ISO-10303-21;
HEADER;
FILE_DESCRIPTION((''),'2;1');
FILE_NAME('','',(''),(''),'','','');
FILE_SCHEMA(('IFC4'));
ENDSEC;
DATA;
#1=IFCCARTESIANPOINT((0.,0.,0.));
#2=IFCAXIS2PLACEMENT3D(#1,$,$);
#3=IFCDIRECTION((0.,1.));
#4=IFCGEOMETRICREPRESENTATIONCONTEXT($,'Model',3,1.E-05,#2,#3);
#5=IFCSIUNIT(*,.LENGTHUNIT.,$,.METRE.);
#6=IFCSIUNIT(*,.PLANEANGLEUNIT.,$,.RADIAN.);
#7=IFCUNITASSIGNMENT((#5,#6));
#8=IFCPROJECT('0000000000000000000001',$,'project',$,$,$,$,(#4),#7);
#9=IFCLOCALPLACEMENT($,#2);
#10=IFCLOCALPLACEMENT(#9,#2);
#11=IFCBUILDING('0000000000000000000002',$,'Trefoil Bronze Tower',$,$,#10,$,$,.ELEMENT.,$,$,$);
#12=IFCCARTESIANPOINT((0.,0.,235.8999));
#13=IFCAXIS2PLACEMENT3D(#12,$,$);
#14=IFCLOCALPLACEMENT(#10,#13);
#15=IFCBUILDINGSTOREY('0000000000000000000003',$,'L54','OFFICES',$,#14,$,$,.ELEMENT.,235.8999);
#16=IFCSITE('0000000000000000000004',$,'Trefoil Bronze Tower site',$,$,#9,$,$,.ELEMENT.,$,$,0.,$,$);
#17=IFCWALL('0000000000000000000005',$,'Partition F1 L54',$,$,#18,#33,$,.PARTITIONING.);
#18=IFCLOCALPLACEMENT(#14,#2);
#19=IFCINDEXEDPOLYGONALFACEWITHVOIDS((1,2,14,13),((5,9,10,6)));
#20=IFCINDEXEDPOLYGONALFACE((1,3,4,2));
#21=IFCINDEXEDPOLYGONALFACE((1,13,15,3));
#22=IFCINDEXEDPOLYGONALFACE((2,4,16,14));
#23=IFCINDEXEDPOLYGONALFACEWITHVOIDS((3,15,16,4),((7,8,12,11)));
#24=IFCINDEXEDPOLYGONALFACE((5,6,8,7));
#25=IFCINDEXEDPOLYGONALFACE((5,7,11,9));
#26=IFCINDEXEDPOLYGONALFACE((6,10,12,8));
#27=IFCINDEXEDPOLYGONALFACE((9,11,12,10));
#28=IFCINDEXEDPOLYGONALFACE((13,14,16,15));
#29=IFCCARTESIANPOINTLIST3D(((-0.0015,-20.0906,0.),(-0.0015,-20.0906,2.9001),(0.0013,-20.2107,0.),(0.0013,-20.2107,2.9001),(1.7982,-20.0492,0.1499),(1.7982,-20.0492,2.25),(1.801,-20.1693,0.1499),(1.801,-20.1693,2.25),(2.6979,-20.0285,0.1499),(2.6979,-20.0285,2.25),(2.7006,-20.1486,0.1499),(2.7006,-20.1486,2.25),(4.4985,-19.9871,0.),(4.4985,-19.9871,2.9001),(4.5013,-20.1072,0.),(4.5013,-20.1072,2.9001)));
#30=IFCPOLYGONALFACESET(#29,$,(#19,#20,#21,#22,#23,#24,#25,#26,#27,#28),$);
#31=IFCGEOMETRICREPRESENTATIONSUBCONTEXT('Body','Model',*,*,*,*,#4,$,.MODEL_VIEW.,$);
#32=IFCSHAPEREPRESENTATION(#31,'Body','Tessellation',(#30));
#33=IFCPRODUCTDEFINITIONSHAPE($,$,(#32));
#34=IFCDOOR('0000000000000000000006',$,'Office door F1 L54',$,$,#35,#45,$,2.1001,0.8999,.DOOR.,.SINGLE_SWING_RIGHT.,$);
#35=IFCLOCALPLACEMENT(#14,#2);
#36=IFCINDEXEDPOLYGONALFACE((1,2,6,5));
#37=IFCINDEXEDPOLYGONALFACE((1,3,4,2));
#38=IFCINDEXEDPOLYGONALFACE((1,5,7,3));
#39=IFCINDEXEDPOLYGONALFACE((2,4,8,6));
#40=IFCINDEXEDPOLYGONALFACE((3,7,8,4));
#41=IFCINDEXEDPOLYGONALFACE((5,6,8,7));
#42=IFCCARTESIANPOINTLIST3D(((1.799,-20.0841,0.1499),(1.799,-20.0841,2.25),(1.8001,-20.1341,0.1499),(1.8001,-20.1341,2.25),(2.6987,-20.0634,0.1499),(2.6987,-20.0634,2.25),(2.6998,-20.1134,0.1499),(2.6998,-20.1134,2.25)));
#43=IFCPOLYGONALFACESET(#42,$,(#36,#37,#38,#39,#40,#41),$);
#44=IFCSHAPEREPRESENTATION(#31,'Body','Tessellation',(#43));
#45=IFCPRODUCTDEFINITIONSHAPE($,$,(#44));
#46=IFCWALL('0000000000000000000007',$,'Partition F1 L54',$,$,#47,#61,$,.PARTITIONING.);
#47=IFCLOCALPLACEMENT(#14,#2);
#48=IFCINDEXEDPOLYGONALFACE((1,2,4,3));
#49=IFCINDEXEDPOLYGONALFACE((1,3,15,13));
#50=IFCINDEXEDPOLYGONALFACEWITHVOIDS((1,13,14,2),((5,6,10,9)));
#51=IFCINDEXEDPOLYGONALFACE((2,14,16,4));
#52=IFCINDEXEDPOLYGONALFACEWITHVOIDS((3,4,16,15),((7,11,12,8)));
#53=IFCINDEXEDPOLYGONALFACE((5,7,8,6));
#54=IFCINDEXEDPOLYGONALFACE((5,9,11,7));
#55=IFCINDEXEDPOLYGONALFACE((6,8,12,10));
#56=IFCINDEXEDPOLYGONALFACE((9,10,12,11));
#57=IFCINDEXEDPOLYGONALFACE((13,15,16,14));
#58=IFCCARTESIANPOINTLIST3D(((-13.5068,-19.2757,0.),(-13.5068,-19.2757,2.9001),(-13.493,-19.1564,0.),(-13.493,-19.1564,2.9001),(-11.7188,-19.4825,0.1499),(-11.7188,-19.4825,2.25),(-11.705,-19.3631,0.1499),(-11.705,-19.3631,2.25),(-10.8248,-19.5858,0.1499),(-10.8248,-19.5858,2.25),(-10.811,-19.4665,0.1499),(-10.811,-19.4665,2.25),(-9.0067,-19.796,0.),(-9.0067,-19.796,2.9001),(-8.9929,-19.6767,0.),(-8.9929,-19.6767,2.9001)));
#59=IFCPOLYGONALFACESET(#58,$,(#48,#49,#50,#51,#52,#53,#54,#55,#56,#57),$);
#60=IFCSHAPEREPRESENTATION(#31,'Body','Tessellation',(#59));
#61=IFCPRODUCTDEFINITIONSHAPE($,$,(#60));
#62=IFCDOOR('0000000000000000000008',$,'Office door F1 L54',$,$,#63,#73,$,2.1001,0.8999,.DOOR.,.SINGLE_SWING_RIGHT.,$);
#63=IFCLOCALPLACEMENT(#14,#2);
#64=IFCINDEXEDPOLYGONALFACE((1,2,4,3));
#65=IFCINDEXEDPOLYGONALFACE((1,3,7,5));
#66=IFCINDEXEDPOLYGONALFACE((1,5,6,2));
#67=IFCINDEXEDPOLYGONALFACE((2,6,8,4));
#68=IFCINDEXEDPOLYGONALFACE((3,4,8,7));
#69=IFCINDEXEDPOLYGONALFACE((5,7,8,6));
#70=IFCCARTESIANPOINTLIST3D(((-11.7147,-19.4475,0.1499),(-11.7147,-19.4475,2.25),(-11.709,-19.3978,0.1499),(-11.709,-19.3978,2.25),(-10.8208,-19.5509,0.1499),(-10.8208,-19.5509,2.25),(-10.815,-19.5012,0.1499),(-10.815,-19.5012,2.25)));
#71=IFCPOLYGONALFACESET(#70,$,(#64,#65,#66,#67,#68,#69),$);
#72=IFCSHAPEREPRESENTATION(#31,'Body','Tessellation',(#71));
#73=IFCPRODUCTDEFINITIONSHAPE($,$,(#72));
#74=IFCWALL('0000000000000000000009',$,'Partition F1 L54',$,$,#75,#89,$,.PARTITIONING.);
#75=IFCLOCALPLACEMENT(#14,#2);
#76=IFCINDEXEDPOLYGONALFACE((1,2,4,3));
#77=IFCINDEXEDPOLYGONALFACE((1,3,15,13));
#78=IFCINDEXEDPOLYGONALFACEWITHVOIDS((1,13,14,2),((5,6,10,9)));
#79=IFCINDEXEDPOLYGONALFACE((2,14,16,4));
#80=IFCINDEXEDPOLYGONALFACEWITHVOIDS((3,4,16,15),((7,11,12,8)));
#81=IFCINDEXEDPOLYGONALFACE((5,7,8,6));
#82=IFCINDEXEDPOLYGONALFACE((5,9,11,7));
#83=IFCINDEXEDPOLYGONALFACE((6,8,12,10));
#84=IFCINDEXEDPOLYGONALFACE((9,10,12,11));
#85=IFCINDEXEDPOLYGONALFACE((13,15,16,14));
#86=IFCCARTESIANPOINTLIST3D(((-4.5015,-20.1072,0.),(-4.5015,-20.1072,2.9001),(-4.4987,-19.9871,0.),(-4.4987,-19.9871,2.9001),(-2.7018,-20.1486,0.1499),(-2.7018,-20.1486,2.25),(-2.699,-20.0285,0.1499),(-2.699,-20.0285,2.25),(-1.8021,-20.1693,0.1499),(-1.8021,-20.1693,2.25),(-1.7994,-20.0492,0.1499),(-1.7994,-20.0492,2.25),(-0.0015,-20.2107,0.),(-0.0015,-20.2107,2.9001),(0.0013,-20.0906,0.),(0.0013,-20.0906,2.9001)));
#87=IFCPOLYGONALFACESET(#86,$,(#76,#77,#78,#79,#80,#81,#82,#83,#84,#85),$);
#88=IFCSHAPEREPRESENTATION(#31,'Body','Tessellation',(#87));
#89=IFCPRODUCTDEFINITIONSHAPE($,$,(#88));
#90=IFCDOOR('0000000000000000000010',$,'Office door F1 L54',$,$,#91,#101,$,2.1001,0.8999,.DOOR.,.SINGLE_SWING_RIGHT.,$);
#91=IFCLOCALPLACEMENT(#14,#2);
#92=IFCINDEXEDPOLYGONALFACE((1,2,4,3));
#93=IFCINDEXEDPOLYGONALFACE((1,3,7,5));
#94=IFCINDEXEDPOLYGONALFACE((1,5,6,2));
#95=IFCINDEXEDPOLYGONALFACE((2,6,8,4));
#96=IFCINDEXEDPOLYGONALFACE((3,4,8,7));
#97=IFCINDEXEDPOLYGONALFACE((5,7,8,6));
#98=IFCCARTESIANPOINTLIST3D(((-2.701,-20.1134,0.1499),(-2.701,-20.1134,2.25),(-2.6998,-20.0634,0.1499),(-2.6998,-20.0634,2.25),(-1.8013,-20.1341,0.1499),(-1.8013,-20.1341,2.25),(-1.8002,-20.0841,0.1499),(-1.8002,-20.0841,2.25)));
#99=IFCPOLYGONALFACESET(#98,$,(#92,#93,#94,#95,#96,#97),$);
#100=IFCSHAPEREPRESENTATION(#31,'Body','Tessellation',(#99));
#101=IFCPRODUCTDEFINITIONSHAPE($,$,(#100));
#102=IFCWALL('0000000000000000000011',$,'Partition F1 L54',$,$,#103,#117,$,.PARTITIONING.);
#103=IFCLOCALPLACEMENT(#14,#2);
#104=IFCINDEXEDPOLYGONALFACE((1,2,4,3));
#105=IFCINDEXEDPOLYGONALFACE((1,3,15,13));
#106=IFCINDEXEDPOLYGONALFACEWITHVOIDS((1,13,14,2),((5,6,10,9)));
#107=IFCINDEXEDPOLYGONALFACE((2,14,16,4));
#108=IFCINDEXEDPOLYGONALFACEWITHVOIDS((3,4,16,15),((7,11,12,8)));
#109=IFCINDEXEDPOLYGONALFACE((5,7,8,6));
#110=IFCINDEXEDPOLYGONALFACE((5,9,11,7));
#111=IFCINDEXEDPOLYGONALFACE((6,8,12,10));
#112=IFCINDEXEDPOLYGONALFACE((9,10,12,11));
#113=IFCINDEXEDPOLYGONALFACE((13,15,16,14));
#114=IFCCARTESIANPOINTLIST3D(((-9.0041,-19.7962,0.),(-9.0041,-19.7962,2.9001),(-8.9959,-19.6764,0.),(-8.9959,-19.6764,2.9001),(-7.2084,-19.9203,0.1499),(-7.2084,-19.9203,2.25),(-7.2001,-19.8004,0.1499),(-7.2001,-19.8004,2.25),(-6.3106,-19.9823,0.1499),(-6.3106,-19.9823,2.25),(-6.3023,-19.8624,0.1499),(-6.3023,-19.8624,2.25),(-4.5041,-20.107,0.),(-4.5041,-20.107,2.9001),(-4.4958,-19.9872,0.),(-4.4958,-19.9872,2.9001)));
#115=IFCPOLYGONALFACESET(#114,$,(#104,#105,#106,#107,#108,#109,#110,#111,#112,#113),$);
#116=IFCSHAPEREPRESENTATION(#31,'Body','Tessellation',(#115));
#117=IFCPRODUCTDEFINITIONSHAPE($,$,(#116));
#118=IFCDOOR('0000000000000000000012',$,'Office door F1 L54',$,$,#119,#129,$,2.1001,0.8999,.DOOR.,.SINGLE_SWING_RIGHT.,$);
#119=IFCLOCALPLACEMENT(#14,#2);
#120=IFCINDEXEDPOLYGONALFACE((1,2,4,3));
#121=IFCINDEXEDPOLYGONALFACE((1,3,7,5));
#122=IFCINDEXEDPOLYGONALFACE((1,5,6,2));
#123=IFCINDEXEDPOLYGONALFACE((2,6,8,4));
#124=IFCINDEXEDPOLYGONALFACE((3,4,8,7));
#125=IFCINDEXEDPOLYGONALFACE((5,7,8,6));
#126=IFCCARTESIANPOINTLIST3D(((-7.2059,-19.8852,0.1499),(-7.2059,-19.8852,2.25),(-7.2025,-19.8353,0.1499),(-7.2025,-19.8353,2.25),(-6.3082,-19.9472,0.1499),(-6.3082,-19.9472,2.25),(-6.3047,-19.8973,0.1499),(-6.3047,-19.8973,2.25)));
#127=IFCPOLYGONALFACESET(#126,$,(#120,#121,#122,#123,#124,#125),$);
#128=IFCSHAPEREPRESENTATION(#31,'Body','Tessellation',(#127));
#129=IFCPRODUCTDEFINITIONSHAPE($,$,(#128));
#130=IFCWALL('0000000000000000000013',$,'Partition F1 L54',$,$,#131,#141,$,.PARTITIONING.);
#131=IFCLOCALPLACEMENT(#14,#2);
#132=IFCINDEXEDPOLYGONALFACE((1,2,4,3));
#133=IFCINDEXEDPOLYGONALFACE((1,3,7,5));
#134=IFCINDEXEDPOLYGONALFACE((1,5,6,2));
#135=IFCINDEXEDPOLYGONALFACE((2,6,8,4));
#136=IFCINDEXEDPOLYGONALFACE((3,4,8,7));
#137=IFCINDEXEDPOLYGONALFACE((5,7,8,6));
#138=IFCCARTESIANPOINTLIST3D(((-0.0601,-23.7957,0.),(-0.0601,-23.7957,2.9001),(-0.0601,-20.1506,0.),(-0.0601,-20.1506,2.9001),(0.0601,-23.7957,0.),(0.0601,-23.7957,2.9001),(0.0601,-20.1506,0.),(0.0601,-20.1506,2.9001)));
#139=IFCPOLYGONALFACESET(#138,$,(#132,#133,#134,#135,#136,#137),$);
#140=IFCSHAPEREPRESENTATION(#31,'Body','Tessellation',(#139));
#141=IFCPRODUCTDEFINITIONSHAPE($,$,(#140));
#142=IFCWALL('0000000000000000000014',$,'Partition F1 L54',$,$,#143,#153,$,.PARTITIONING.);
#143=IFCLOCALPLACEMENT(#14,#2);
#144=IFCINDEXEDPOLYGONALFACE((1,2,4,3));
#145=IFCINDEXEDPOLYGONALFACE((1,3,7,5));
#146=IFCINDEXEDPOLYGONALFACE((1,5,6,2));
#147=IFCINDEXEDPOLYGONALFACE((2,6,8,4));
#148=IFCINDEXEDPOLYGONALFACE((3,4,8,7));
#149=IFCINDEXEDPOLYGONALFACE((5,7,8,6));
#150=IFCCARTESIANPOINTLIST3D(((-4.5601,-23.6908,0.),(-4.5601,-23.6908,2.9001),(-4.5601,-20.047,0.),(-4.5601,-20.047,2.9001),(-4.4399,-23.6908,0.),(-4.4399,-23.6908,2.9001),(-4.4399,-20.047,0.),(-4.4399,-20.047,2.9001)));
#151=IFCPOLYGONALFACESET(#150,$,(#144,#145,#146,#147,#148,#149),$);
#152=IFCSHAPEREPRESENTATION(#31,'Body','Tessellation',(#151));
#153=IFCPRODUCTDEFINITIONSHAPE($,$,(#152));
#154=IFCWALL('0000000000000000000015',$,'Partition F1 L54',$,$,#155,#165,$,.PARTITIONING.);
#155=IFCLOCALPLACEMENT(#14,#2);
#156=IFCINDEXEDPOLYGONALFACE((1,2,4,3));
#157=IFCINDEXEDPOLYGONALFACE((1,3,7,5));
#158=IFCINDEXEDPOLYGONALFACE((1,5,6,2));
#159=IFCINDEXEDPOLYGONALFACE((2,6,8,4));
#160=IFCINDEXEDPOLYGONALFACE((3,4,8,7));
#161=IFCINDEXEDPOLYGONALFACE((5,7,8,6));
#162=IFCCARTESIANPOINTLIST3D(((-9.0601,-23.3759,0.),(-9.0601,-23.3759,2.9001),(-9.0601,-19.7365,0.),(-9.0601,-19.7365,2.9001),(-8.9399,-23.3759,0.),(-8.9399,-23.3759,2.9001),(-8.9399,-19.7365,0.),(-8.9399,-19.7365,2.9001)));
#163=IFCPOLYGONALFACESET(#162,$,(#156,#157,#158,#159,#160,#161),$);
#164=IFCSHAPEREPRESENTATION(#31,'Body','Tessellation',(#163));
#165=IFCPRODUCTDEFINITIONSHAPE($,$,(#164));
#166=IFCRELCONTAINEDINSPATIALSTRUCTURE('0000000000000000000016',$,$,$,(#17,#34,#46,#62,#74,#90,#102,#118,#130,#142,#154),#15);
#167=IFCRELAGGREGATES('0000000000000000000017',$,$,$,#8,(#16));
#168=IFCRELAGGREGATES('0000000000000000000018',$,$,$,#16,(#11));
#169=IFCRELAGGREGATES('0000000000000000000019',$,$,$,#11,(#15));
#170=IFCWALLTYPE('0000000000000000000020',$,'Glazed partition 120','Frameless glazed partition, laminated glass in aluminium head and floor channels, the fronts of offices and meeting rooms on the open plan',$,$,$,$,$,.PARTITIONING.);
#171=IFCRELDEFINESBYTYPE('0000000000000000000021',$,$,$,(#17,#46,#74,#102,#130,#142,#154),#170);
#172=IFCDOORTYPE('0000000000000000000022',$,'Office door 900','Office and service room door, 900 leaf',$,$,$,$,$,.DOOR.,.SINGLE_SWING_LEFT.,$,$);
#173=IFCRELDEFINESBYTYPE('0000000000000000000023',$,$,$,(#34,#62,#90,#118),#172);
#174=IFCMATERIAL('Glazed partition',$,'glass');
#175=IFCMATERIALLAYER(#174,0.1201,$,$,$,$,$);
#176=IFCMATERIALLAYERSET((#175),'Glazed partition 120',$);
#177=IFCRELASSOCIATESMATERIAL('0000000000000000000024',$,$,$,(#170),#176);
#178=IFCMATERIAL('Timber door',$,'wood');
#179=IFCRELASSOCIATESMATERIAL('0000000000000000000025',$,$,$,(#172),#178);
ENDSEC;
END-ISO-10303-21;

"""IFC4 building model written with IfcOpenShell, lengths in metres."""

from ifc_helpers import new_model, si_unit, direction, frame, frame_2d, origin, place, context, subcontext, project, spatial, rectangle, extrude, material, layer, layer_set, type_object, element, fill, save


model = new_model("IFC4")

# Units and contexts
model_context = context("Model", 3, precision=1e-05, world=origin(), true_north=direction((0.0, 1.0)))
body_context = subcontext(model_context, "Body", "Model", "MODEL_VIEW")
ifc_project = project(units=[si_unit("LENGTHUNIT", "METRE"), si_unit("PLANEANGLEUNIT", "RADIAN")], contexts=[model_context])

# Site, building, storey
site_placement = place(None, origin())
site = spatial("IfcSite", under=ifc_project, at=site_placement, Name="Trefoil Bronze Tower site", CompositionType="ELEMENT", RefElevation=0.0)
building_placement = place(site_placement, origin())
building = spatial("IfcBuilding", under=site, at=building_placement, Name="Trefoil Bronze Tower", CompositionType="ELEMENT")
storey_placement = place(building_placement, frame((0.0, 0.0, 235.8999)))
storey = spatial("IfcBuildingStorey", under=building, at=storey_placement, Name="L54", Description="OFFICES", CompositionType="ELEMENT", Elevation=235.8999)

# Walls, openings, doors
ifc_material_1 = material(Name="Glazed partition", Category="glass")
ifc_layer_1 = layer(ifc_material_1, 0.1201)
ifc_layer_set_1 = layer_set([ifc_layer_1], Name="Glazed partition 120")
wall_type_1 = type_object("IfcWallType", Name="Glazed partition 120", Description="Frameless glazed partition, laminated glass in aluminium head and floor channels, the fronts of offices and meeting rooms on the open plan", PredefinedType="PARTITIONING", material=ifc_layer_set_1)
wall_1_placement = place(storey_placement, frame((0.0, -20.1506, 0.0), z_axis=(0.0, 0.0, 1.0), x_axis=(0.999736, 0.022997, 0.0)))
wall_1 = element("IfcWall", 1, at=wall_1_placement, inside=storey, type_object=wall_type_1, Name="Partition F1 L54", PredefinedType="PARTITIONING", context=body_context, shape_type="SweptSolid", body=[
    extrude(rectangle(XDim=4.5012, YDim=0.1201, at=frame_2d((2.2505, 0.0))), origin(), (0.0, 0.0, 1.0), 2.9001),
])
opening_1_placement = place(wall_1_placement, frame((1.8, 0.0, 0.1499)))
opening_1 = element("IfcOpeningElement", 2, at=opening_1_placement, cuts=wall_1, PredefinedType="OPENING", context=body_context, shape_type="SweptSolid", body=[
    extrude(rectangle(XDim=0.8999, YDim=2.1001, at=frame_2d((0.45, 1.05))), frame((0.0, 0.0701, 0.0), z_axis=(0.0, -1.0, 0.0), x_axis=(1.0, 0.0, 0.0)), (0.0, 0.0, 1.0), 0.1401),
])
ifc_material_2 = material(Name="Timber door", Category="wood")
door_type = type_object("IfcDoorType", Name="Office door 900", Description="Office and service room door, 900 leaf", OperationType="SINGLE_SWING_LEFT", PredefinedType="DOOR", material=ifc_material_2)
door_1_placement = place(opening_1_placement, frame((0.8999, 0.0, 0.0), z_axis=(0.0, 0.0, 1.0), x_axis=(-1.0, 0.0, 0.0)))
door_1 = element("IfcDoor", 3, at=door_1_placement, inside=storey, type_object=door_type, Name="Office door F1 L54", OperationType="SINGLE_SWING_RIGHT", OverallHeight=2.1001, OverallWidth=0.8999, PredefinedType="DOOR", context=body_context, shape_type="SweptSolid", body=[
    extrude(rectangle(XDim=0.8999, YDim=2.1001, at=frame_2d((0.45, 1.05))), frame((0.0, 0.0249, 0.0), z_axis=(0.0, -1.0, 0.0), x_axis=(1.0, 0.0, 0.0)), (0.0, 0.0, 1.0), 0.05),
])
fill(opening_1, door_1)
wall_2_placement = place(storey_placement, frame((-13.5, -19.2161, 0.0), z_axis=(0.0, 0.0, 1.0), x_axis=(0.993383, -0.114849, 0.0)))
wall_2 = element("IfcWall", 4, at=wall_2_placement, inside=storey, type_object=wall_type_1, Name="Partition F1 L54", PredefinedType="PARTITIONING", context=body_context, shape_type="SweptSolid", body=[
    extrude(rectangle(XDim=4.53, YDim=0.1201, at=frame_2d((2.2651, 0.0))), origin(), (0.0, 0.0, 1.0), 2.9001),
])
opening_2_placement = place(wall_2_placement, frame((1.8, 0.0, 0.1499)))
opening_2 = element("IfcOpeningElement", 5, at=opening_2_placement, cuts=wall_2, PredefinedType="OPENING", context=body_context, shape_type="SweptSolid", body=[
    extrude(rectangle(XDim=0.8999, YDim=2.1001, at=frame_2d((0.45, 1.05))), frame((0.0, 0.0701, 0.0), z_axis=(0.0, -1.0, 0.0), x_axis=(1.0, 0.0, 0.0)), (0.0, 0.0, 1.0), 0.1401),
])
door_2_placement = place(opening_2_placement, frame((0.8999, 0.0, 0.0), z_axis=(0.0, 0.0, 1.0), x_axis=(-1.0, 0.0, 0.0)))
door_2 = element("IfcDoor", 6, at=door_2_placement, inside=storey, type_object=door_type, Name="Office door F1 L54", OperationType="SINGLE_SWING_RIGHT", OverallHeight=2.1001, OverallWidth=0.8999, PredefinedType="DOOR", context=body_context, shape_type="SweptSolid", body=[
    extrude(rectangle(XDim=0.8999, YDim=2.1001, at=frame_2d((0.45, 1.05))), frame((0.0, 0.0249, 0.0), z_axis=(0.0, -1.0, 0.0), x_axis=(1.0, 0.0, 0.0)), (0.0, 0.0, 1.0), 0.05),
])
fill(opening_2, door_2)
wall_3_placement = place(storey_placement, frame((-4.5, -20.0471, 0.0), z_axis=(0.0, 0.0, 1.0), x_axis=(0.999736, -0.022997, 0.0)))
wall_3 = element("IfcWall", 7, at=wall_3_placement, inside=storey, type_object=wall_type_1, Name="Partition F1 L54", PredefinedType="PARTITIONING", context=body_context, shape_type="SweptSolid", body=[
    extrude(rectangle(XDim=4.5012, YDim=0.1201, at=frame_2d((2.2505, 0.0))), origin(), (0.0, 0.0, 1.0), 2.9001),
])
opening_3_placement = place(wall_3_placement, frame((1.8, 0.0, 0.1499)))
opening_3 = element("IfcOpeningElement", 8, at=opening_3_placement, cuts=wall_3, PredefinedType="OPENING", context=body_context, shape_type="SweptSolid", body=[
    extrude(rectangle(XDim=0.8999, YDim=2.1001, at=frame_2d((0.45, 1.05))), frame((0.0, 0.0701, 0.0), z_axis=(0.0, -1.0, 0.0), x_axis=(1.0, 0.0, 0.0)), (0.0, 0.0, 1.0), 0.1401),
])
door_3_placement = place(opening_3_placement, frame((0.8999, 0.0, 0.0), z_axis=(0.0, 0.0, 1.0), x_axis=(-1.0, 0.0, 0.0)))
door_3 = element("IfcDoor", 9, at=door_3_placement, inside=storey, type_object=door_type, Name="Office door F1 L54", OperationType="SINGLE_SWING_RIGHT", OverallHeight=2.1001, OverallWidth=0.8999, PredefinedType="DOOR", context=body_context, shape_type="SweptSolid", body=[
    extrude(rectangle(XDim=0.8999, YDim=2.1001, at=frame_2d((0.45, 1.05))), frame((0.0, 0.0249, 0.0), z_axis=(0.0, -1.0, 0.0), x_axis=(1.0, 0.0, 0.0)), (0.0, 0.0, 1.0), 0.05),
])
fill(opening_3, door_3)
wall_4_placement = place(storey_placement, frame((-9.0, -19.7363, 0.0), z_axis=(0.0, 0.0, 1.0), x_axis=(0.997624, -0.068901, 0.0)))
wall_4 = element("IfcWall", 10, at=wall_4_placement, inside=storey, type_object=wall_type_1, Name="Partition F1 L54", PredefinedType="PARTITIONING", context=body_context, shape_type="SweptSolid", body=[
    extrude(rectangle(XDim=4.5107, YDim=0.1201, at=frame_2d((2.2554, 0.0))), origin(), (0.0, 0.0, 1.0), 2.9001),
])
opening_4_placement = place(wall_4_placement, frame((1.8, 0.0, 0.1499)))
opening_4 = element("IfcOpeningElement", 11, at=opening_4_placement, cuts=wall_4, PredefinedType="OPENING", context=body_context, shape_type="SweptSolid", body=[
    extrude(rectangle(XDim=0.8999, YDim=2.1001, at=frame_2d((0.45, 1.05))), frame((0.0, 0.0701, 0.0), z_axis=(0.0, -1.0, 0.0), x_axis=(1.0, 0.0, 0.0)), (0.0, 0.0, 1.0), 0.1401),
])
door_4_placement = place(opening_4_placement, frame((0.8999, 0.0, 0.0), z_axis=(0.0, 0.0, 1.0), x_axis=(-1.0, 0.0, 0.0)))
door_4 = element("IfcDoor", 12, at=door_4_placement, inside=storey, type_object=door_type, Name="Office door F1 L54", OperationType="SINGLE_SWING_RIGHT", OverallHeight=2.1001, OverallWidth=0.8999, PredefinedType="DOOR", context=body_context, shape_type="SweptSolid", body=[
    extrude(rectangle(XDim=0.8999, YDim=2.1001, at=frame_2d((0.45, 1.05))), frame((0.0, 0.0249, 0.0), z_axis=(0.0, -1.0, 0.0), x_axis=(1.0, 0.0, 0.0)), (0.0, 0.0, 1.0), 0.05),
])
fill(opening_4, door_4)

# Walls
wall_5_placement = place(storey_placement, frame((0.0, -20.1506, 0.0), z_axis=(0.0, 0.0, 1.0), x_axis=(0.0, -1.0, 0.0)))
element("IfcWall", 13, at=wall_5_placement, inside=storey, type_object=wall_type_1, Name="Partition F1 L54", PredefinedType="PARTITIONING", context=body_context, shape_type="SweptSolid", body=[
    extrude(rectangle(XDim=3.645, YDim=0.1201, at=frame_2d((1.8225, 0.0))), origin(), (0.0, 0.0, 1.0), 2.9001),
])
wall_6_placement = place(storey_placement, frame((-4.5, -20.0471, 0.0), z_axis=(0.0, 0.0, 1.0), x_axis=(0.0, -1.0, 0.0)))
element("IfcWall", 14, at=wall_6_placement, inside=storey, type_object=wall_type_1, Name="Partition F1 L54", PredefinedType="PARTITIONING", context=body_context, shape_type="SweptSolid", body=[
    extrude(rectangle(XDim=3.6438, YDim=0.1201, at=frame_2d((1.8218, 0.0))), origin(), (0.0, 0.0, 1.0), 2.9001),
])
wall_7_placement = place(storey_placement, frame((-9.0, -19.7363, 0.0), z_axis=(0.0, 0.0, 1.0), x_axis=(0.0, -1.0, 0.0)))
element("IfcWall", 15, at=wall_7_placement, inside=storey, type_object=wall_type_1, Name="Partition F1 L54", PredefinedType="PARTITIONING", context=body_context, shape_type="SweptSolid", body=[
    extrude(rectangle(XDim=3.6394, YDim=0.1201, at=frame_2d((1.8198, 0.0))), origin(), (0.0, 0.0, 1.0), 2.9001),
])

save(model, "model.ifc")
